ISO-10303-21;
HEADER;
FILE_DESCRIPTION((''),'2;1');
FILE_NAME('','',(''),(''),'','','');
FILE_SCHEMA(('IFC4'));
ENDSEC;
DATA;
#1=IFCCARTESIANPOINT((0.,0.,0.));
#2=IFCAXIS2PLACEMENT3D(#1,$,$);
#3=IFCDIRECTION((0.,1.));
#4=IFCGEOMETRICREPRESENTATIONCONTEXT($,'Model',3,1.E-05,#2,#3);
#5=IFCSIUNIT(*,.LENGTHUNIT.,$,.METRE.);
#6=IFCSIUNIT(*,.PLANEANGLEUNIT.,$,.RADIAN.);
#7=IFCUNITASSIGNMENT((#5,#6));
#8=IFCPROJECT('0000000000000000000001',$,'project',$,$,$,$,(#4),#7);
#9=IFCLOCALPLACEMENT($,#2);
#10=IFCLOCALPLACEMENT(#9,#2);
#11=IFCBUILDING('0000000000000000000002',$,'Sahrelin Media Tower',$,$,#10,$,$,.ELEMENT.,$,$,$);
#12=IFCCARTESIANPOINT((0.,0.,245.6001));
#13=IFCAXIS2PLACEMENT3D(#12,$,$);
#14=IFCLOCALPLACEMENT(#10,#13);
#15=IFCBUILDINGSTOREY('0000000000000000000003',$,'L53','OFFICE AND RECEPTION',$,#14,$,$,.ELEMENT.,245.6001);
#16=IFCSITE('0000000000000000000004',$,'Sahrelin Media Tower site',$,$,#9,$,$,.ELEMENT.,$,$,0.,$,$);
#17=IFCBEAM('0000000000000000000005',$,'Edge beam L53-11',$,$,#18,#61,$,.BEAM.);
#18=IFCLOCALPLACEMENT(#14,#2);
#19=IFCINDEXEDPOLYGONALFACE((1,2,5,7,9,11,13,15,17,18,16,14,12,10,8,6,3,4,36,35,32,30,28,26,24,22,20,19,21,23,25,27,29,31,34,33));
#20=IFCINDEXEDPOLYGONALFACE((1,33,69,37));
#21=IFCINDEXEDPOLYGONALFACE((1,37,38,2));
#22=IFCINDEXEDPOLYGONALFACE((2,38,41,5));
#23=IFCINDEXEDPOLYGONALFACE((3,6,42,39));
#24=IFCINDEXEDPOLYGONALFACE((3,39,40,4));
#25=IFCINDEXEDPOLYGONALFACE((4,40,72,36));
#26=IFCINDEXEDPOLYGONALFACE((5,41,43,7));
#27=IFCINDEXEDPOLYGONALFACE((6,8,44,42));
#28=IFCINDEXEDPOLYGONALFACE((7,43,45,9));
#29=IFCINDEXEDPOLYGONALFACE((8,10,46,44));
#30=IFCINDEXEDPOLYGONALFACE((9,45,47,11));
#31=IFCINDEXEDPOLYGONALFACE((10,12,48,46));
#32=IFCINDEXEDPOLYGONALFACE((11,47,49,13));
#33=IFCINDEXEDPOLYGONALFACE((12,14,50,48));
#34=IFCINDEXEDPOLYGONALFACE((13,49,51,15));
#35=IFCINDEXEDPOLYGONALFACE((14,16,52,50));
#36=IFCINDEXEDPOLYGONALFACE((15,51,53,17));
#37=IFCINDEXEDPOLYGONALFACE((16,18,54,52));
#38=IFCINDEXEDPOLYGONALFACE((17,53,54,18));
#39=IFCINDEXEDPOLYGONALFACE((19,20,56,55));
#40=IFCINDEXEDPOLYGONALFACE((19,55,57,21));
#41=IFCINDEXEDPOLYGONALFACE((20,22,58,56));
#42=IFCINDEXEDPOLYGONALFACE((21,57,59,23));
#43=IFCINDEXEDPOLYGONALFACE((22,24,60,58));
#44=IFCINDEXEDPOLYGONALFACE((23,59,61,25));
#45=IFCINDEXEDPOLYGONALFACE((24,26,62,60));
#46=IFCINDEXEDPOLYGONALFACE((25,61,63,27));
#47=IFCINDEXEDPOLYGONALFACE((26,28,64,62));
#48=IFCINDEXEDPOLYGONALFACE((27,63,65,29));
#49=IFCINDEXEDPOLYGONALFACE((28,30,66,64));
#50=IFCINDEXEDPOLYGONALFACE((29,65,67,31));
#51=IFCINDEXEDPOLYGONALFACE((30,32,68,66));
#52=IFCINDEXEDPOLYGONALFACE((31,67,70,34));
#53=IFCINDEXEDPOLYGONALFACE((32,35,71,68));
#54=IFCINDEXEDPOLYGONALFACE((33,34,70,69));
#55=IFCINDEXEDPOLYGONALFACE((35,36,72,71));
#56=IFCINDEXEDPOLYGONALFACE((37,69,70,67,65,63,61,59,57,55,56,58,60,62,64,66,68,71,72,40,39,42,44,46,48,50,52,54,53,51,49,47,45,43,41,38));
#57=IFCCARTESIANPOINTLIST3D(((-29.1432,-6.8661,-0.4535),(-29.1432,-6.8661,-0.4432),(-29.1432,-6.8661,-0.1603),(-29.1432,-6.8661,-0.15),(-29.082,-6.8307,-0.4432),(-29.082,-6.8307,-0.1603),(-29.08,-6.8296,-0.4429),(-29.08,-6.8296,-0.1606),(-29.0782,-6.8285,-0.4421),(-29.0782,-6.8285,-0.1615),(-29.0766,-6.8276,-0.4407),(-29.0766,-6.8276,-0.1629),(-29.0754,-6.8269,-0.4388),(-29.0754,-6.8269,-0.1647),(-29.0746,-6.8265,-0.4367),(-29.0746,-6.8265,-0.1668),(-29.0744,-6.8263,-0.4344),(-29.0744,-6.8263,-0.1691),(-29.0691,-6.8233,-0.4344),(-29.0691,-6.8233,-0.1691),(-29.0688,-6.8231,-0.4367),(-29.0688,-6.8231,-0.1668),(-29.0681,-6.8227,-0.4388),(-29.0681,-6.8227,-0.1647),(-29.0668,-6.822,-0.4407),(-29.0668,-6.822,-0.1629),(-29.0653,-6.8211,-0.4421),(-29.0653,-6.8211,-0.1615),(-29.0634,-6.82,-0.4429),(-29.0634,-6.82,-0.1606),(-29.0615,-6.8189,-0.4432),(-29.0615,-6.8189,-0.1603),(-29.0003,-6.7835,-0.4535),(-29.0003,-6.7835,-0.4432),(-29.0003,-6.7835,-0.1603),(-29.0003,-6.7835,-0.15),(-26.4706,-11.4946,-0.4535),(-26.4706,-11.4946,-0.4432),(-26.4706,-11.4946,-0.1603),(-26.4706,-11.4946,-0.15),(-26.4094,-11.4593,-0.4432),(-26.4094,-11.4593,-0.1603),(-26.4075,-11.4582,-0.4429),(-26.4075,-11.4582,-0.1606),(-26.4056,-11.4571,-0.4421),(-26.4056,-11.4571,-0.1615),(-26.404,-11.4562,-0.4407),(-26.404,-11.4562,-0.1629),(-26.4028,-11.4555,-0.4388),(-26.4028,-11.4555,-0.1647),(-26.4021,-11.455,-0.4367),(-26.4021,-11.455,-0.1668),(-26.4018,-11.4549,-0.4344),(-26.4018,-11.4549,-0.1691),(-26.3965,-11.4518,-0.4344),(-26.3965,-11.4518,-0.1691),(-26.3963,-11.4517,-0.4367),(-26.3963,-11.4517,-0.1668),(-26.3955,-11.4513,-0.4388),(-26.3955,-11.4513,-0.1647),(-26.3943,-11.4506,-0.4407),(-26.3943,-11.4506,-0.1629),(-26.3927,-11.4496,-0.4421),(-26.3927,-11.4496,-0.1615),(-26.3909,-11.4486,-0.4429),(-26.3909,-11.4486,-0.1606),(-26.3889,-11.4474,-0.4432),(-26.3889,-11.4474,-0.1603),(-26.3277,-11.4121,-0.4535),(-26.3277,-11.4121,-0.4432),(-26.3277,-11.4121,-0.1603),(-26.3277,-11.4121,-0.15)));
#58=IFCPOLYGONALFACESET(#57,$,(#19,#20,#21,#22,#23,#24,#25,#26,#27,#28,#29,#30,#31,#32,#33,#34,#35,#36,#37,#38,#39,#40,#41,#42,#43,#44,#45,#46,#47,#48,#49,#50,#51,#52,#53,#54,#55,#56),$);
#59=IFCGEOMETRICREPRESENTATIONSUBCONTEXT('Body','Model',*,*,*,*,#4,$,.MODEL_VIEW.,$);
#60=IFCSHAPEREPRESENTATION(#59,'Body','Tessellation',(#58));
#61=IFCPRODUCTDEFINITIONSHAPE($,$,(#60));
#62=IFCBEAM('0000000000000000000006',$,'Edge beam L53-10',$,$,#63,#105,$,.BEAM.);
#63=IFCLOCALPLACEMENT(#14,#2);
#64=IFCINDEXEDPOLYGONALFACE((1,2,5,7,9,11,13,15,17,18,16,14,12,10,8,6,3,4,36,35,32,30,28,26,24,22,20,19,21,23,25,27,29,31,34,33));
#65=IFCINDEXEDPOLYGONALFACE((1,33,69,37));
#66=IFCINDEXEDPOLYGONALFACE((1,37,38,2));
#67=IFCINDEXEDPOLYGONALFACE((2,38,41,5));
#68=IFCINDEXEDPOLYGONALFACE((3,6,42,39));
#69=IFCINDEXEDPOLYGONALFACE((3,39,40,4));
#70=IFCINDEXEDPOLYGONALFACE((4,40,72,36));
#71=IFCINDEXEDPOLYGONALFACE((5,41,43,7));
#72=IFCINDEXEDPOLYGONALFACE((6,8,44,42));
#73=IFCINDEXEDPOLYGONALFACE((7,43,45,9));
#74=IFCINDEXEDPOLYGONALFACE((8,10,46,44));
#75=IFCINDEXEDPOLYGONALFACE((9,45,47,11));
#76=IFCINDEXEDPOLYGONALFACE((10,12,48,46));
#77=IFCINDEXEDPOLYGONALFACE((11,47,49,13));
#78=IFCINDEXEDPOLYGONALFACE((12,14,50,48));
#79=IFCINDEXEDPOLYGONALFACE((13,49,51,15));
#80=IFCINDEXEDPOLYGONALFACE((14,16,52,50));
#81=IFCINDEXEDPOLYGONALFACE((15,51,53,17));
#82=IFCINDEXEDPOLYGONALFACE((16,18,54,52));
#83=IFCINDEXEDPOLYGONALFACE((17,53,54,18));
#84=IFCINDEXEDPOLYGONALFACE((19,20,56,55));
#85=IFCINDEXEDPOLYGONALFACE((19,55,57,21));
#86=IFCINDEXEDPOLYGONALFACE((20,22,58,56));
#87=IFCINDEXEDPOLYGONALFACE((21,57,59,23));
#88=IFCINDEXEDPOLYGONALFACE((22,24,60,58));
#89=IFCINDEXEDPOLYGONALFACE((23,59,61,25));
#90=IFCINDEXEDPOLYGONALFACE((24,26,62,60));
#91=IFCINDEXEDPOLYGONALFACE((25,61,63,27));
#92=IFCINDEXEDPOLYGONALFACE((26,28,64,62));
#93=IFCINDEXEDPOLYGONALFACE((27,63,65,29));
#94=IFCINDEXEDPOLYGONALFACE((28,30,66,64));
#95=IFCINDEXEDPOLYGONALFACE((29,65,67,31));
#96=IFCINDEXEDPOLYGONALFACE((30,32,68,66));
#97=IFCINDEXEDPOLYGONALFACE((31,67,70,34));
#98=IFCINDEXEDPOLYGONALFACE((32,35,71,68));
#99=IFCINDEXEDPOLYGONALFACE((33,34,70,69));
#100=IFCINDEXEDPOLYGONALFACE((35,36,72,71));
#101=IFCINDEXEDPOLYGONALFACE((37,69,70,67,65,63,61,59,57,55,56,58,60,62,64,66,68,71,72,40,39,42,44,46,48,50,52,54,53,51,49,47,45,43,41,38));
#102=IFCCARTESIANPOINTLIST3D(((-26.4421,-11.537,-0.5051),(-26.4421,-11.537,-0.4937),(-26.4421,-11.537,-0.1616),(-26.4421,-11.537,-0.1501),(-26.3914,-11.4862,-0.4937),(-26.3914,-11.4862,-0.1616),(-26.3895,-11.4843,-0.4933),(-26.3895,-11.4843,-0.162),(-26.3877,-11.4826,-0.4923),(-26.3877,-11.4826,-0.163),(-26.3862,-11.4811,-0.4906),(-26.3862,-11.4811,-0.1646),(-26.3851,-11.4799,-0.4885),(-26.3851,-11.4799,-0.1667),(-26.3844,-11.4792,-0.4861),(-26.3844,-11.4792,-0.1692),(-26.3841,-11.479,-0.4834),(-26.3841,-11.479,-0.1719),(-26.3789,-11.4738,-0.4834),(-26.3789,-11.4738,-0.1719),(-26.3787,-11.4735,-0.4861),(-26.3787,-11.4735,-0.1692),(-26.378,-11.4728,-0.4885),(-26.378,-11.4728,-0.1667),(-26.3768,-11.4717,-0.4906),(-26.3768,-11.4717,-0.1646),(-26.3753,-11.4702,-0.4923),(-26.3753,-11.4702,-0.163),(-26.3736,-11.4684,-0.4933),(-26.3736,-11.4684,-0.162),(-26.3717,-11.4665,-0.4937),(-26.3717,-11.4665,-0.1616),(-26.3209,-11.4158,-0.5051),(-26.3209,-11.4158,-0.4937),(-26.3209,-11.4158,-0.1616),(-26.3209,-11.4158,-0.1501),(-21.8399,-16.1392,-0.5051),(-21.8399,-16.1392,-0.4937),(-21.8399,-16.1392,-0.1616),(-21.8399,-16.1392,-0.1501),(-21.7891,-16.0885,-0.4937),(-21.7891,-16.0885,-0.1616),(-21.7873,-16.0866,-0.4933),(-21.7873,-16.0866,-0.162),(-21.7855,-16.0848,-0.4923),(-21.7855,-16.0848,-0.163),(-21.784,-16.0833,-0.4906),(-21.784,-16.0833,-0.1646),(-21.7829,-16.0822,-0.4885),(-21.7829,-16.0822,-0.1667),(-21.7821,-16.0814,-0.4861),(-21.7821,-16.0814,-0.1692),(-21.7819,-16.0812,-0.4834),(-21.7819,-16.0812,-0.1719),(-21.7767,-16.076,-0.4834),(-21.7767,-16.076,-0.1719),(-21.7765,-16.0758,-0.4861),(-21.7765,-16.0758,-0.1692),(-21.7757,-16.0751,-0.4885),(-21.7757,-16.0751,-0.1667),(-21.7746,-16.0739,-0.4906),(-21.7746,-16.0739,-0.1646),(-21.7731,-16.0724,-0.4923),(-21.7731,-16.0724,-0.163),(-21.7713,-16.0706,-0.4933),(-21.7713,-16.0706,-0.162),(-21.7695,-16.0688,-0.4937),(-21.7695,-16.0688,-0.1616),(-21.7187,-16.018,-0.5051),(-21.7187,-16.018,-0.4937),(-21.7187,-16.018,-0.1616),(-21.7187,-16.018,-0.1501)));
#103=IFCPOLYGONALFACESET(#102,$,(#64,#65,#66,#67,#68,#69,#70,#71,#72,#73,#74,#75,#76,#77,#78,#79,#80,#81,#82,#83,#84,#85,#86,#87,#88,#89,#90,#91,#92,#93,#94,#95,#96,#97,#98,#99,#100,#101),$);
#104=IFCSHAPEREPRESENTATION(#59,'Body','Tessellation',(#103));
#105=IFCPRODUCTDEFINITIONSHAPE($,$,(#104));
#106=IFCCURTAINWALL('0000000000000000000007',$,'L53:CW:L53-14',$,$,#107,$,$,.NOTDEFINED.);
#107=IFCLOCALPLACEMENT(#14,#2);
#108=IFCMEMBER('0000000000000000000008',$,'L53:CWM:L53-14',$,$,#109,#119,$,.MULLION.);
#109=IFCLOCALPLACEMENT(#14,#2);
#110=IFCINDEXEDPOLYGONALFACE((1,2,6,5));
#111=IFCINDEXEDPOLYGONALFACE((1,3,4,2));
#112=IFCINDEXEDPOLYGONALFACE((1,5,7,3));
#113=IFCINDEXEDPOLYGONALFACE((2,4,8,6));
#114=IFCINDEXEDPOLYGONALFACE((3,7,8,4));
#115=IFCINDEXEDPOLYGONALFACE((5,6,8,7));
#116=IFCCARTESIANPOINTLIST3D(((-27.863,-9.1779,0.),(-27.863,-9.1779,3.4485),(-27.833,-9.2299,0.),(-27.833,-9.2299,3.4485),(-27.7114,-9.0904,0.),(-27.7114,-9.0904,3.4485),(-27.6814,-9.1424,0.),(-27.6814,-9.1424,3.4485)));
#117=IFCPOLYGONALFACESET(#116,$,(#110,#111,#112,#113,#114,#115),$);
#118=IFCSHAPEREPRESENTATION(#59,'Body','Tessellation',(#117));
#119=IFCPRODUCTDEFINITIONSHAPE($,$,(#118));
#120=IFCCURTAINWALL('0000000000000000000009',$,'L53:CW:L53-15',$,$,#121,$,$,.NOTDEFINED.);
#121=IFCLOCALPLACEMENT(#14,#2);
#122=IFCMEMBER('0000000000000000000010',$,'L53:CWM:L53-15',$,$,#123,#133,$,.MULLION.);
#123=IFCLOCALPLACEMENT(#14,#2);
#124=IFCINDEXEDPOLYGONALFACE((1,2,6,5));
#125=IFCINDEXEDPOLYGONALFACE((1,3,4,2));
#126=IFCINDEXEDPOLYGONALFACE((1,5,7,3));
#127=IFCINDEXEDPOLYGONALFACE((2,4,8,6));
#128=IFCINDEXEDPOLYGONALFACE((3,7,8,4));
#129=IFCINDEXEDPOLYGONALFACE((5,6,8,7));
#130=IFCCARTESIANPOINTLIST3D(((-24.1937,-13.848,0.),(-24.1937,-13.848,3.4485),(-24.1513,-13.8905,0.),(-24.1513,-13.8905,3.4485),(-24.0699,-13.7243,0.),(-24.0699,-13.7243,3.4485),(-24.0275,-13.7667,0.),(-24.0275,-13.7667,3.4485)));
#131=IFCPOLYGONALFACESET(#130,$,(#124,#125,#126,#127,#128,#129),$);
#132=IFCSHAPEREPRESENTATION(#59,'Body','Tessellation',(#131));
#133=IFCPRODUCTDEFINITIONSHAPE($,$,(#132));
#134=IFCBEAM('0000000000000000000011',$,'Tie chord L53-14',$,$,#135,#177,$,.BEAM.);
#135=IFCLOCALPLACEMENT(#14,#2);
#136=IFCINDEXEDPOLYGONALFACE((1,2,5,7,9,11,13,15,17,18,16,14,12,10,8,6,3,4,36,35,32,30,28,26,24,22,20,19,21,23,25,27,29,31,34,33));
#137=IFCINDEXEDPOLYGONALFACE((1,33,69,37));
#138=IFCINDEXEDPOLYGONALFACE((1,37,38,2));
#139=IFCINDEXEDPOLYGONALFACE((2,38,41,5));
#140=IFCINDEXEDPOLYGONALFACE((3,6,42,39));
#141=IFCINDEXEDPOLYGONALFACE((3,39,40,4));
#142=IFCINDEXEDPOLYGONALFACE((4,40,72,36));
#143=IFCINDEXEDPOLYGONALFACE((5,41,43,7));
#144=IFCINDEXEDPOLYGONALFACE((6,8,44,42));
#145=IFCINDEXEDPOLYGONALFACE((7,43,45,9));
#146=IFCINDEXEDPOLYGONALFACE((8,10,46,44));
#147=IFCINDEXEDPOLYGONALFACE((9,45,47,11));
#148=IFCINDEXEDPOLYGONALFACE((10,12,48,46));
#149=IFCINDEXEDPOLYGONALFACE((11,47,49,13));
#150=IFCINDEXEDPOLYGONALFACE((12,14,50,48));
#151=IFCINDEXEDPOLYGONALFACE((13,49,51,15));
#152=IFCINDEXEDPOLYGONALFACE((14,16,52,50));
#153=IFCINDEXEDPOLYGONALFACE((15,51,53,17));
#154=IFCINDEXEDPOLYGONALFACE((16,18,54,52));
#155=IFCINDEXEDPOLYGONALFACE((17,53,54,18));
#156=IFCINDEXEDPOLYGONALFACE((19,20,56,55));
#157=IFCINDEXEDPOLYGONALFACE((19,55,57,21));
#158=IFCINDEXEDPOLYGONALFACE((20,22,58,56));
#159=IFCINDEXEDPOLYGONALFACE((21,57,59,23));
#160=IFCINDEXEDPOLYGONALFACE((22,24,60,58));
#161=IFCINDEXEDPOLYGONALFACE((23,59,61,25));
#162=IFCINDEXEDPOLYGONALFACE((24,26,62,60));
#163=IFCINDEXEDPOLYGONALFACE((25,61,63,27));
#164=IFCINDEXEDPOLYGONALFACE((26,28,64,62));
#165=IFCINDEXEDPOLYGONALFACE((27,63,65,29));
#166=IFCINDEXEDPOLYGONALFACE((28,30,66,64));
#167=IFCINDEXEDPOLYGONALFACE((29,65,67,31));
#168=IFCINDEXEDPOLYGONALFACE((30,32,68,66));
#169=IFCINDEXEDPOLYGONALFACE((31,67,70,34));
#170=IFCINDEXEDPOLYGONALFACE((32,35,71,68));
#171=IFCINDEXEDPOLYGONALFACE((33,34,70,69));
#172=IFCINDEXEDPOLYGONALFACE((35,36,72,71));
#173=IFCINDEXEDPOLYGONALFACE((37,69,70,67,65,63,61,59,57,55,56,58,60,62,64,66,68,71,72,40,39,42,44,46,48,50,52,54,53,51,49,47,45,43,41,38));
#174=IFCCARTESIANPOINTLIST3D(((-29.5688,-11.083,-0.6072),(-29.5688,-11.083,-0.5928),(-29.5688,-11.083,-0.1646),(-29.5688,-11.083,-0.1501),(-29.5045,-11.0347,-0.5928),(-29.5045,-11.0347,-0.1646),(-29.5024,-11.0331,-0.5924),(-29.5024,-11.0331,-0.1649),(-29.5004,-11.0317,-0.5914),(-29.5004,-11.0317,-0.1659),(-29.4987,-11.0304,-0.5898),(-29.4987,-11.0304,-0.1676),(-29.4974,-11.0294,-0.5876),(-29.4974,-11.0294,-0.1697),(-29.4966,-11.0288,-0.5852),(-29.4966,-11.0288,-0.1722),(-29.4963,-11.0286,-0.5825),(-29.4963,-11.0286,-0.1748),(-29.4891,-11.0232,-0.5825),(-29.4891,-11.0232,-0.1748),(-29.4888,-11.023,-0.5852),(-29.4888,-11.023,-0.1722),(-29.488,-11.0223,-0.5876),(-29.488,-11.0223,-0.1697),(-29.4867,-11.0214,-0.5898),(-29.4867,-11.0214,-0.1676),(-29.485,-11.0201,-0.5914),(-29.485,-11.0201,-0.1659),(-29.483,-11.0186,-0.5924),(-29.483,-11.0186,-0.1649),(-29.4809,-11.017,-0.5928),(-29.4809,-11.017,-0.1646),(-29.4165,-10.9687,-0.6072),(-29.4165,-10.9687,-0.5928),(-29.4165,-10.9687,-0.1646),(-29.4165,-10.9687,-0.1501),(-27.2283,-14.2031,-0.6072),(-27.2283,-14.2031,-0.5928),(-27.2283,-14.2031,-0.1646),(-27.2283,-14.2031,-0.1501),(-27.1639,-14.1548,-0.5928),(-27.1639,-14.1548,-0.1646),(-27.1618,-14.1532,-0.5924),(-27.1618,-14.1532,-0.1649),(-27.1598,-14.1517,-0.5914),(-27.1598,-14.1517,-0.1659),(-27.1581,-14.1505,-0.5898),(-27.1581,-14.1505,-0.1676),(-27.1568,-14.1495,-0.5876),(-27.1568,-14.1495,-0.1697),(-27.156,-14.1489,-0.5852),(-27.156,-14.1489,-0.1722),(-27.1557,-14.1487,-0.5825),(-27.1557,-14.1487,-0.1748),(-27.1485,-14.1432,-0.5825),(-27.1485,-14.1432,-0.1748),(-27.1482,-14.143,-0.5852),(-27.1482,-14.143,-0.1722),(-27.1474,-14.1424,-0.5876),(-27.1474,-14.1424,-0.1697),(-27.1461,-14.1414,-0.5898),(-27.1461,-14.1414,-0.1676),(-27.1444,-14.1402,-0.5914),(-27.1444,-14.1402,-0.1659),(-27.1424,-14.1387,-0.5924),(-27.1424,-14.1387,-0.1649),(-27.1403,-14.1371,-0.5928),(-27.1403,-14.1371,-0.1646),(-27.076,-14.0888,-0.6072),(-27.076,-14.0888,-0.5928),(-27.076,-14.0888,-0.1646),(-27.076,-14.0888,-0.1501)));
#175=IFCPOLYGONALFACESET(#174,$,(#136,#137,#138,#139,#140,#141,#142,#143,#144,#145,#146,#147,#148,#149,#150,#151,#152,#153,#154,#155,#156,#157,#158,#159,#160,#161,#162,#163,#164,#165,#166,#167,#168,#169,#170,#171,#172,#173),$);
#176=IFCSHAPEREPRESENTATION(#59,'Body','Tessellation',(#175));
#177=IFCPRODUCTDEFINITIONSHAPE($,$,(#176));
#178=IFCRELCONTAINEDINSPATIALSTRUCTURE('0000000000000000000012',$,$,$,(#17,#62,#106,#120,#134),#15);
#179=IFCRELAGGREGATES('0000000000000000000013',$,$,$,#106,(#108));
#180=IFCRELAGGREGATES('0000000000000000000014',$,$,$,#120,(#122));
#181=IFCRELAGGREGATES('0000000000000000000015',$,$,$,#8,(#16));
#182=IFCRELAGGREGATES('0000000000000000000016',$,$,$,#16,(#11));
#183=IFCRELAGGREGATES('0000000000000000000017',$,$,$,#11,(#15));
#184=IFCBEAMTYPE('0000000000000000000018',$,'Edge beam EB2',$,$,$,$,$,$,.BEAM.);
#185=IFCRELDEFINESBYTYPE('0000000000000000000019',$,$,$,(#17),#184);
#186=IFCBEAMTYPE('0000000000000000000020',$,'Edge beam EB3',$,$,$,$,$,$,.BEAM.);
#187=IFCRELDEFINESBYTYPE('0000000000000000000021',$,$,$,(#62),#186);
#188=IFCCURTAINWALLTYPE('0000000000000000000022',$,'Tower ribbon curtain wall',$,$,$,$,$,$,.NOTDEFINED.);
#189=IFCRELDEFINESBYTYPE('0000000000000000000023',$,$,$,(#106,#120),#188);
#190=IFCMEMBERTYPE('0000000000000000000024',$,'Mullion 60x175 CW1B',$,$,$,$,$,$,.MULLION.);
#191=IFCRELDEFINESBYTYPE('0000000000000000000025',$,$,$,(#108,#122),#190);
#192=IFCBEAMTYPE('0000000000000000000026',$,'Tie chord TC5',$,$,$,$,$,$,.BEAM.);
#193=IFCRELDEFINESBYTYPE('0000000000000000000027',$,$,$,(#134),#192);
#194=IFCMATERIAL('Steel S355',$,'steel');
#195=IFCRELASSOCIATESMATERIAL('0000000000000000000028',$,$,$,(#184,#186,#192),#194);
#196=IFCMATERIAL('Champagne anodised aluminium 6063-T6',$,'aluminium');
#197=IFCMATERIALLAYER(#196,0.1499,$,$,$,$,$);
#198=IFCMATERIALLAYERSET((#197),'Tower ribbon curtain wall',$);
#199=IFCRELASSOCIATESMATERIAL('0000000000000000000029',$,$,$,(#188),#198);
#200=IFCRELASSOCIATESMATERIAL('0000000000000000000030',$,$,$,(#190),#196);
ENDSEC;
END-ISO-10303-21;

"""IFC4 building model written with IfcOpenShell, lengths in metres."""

from ifc_helpers import new_model, si_unit, direction, frame, origin, origin_2d, place, context, subcontext, project, spatial, rectangle, i_section, extrude, material, layer, layer_set, material_profile, profile_set, type_object, element, aggregate, save


model = new_model("IFC4")

# Units and contexts
model_context = context("Model", 3, precision=1e-05, world=origin(), true_north=direction((0.0, 1.0)))
body_context = subcontext(model_context, "Body", "Model", "MODEL_VIEW")
ifc_project = project(units=[si_unit("LENGTHUNIT", "METRE"), si_unit("PLANEANGLEUNIT", "RADIAN")], contexts=[model_context])

# Site, building, storey
site_placement = place(None, origin())
site = spatial("IfcSite", under=ifc_project, at=site_placement, Name="Sahrelin Media Tower site", CompositionType="ELEMENT", RefElevation=0.0)
building_placement = place(site_placement, origin())
building = spatial("IfcBuilding", under=site, at=building_placement, Name="Sahrelin Media Tower", CompositionType="ELEMENT")
storey_placement = place(building_placement, frame((0.0, 0.0, 245.6001)))
storey = spatial("IfcBuildingStorey", under=building, at=storey_placement, Name="L53", Description="OFFICE AND RECEPTION", CompositionType="ELEMENT", Elevation=245.6001)

# Beams
ifc_material_1 = material(Name="Steel S355", Category="steel")
ifc_material_profile_1 = material_profile(ifc_material_1, i_section(OverallWidth=0.165, OverallDepth=0.3035, WebThickness=0.0061, FlangeThickness=0.0103, FilletRadius=0.0088, at=origin_2d()), Name="UB 305x165x40")
ifc_profile_set_1 = profile_set([ifc_material_profile_1], Name="Steel S355")
beam_type_1 = type_object("IfcBeamType", Name="Edge beam EB2", PredefinedType="BEAM", material=ifc_profile_set_1)
beam_1_placement = place(storey_placement, frame((-26.3992, -11.4534, -0.3018), z_axis=(-0.500035, 0.866005, 0.0), x_axis=(-0.866005, -0.500035, 0.0)))
element("IfcBeam", 1, at=beam_1_placement, inside=storey, type_object=beam_type_1, Name="Edge beam L53-11", PredefinedType="BEAM", context=body_context, shape_type="SweptSolid", body=[
    extrude(i_section(OverallWidth=0.165, OverallDepth=0.3035, WebThickness=0.0061, FlangeThickness=0.0103, FilletRadius=0.0088, at=origin_2d()), origin(), (0.0, 0.0, 1.0), 5.3447),
])
ifc_material_profile_2 = material_profile(ifc_material_1, i_section(OverallWidth=0.1714, OverallDepth=0.355, WebThickness=0.0073, FlangeThickness=0.0115, FilletRadius=0.0103, at=origin_2d()), Name="UB 356x171x51")
ifc_profile_set_2 = profile_set([ifc_material_profile_2], Name="Steel S355")
beam_type_2 = type_object("IfcBeamType", Name="Edge beam EB3", PredefinedType="BEAM", material=ifc_profile_set_2)
beam_2_placement = place(storey_placement, frame((-21.7793, -16.0786, -0.3276), z_axis=(-0.707107, 0.707107, 0.0), x_axis=(-0.707107, -0.707107, 0.0)))
element("IfcBeam", 2, at=beam_2_placement, inside=storey, type_object=beam_type_2, Name="Edge beam L53-10", PredefinedType="BEAM", context=body_context, shape_type="SweptSolid", body=[
    extrude(i_section(OverallWidth=0.1714, OverallDepth=0.355, WebThickness=0.0073, FlangeThickness=0.0115, FilletRadius=0.0103, at=origin_2d()), origin(), (0.0, 0.0, 1.0), 6.5085),
])

# Curtain walls, members
ifc_material_2 = material(Name="Champagne anodised aluminium 6063-T6", Category="aluminium")
ifc_layer_1 = layer(ifc_material_2, 0.1499)
ifc_layer_set_1 = layer_set([ifc_layer_1], Name="Tower ribbon curtain wall")
curtain_wall_type = type_object("IfcCurtainWallType", Name="Tower ribbon curtain wall", PredefinedType="NOTDEFINED", material=ifc_layer_set_1)
curtain_wall_1_placement = place(storey_placement, frame((-27.8652, -9.2141, 0.0), z_axis=(0.0, 0.0, 1.0), x_axis=(1.0, 0.0, 0.0)))
curtain_wall_1 = element("IfcCurtainWall", 3, at=curtain_wall_1_placement, inside=storey, type_object=curtain_wall_type, Name="L53:CW:L53-14", PredefinedType="NOTDEFINED")
ifc_material_profile_3 = material_profile(ifc_material_2, rectangle(XDim=0.0601, YDim=0.175, at=origin_2d()), Name="Mullion 60x175")
ifc_profile_set_3 = profile_set([ifc_material_profile_3], Name="Champagne anodised aluminium 6063-T6")
member_type_1 = type_object("IfcMemberType", Name="Mullion 60x175 CW1B", PredefinedType="MULLION", material=ifc_profile_set_3)
member_1_placement = place(storey_placement, frame((-27.7722, -9.1602, 0.0), z_axis=(0.0, 0.0, 1.0), x_axis=(0.500009, -0.86602, 0.0)))
member_1 = element("IfcMember", 4, at=member_1_placement, type_object=member_type_1, Name="L53:CWM:L53-14", PredefinedType="MULLION", context=body_context, shape_type="SweptSolid", body=[
    extrude(rectangle(XDim=0.0601, YDim=0.175, at=origin_2d()), origin(), (0.0, 0.0, 1.0), 3.4485),
])
aggregate(curtain_wall_1, [member_1])
curtain_wall_2_placement = place(storey_placement, frame((-24.1865, -13.8833, 0.0), z_axis=(0.0, 0.0, 1.0), x_axis=(1.0, 0.0, 0.0)))
curtain_wall_2 = element("IfcCurtainWall", 5, at=curtain_wall_2_placement, inside=storey, type_object=curtain_wall_type, Name="L53:CW:L53-15", PredefinedType="NOTDEFINED")
member_2_placement = place(storey_placement, frame((-24.1106, -13.8074, 0.0), z_axis=(0.0, 0.0, 1.0), x_axis=(0.707107, -0.707107, 0.0)))
member_2 = element("IfcMember", 6, at=member_2_placement, type_object=member_type_1, Name="L53:CWM:L53-15", PredefinedType="MULLION", context=body_context, shape_type="SweptSolid", body=[
    extrude(rectangle(XDim=0.0601, YDim=0.175, at=origin_2d()), origin(), (0.0, 0.0, 1.0), 3.4485),
])

# Beam
ifc_material_profile_4 = material_profile(ifc_material_1, i_section(OverallWidth=0.1904, OverallDepth=0.457, WebThickness=0.009, FlangeThickness=0.0144, FilletRadius=0.0103, at=origin_2d()), Name="UB 457x191x74")
ifc_profile_set_4 = profile_set([ifc_material_profile_4], Name="Steel S355")
beam_type_3 = type_object("IfcBeamType", Name="Tie chord TC5", PredefinedType="BEAM", material=ifc_profile_set_4)
beam_3_placement = place(storey_placement, frame((-29.4927, -11.0259, -0.3787), z_axis=(0.60008, -0.79994, 0.0), x_axis=(0.79994, 0.60008, 0.0)))
element("IfcBeam", 7, at=beam_3_placement, inside=storey, type_object=beam_type_3, Name="Tie chord L53-14", PredefinedType="BEAM", context=body_context, shape_type="SweptSolid", body=[
    extrude(i_section(OverallWidth=0.1904, OverallDepth=0.457, WebThickness=0.009, FlangeThickness=0.0144, FilletRadius=0.0103, at=origin_2d()), origin(), (0.0, 0.0, 1.0), 3.9004),
])

aggregate(curtain_wall_2, [member_2])

save(model, "model.ifc")
